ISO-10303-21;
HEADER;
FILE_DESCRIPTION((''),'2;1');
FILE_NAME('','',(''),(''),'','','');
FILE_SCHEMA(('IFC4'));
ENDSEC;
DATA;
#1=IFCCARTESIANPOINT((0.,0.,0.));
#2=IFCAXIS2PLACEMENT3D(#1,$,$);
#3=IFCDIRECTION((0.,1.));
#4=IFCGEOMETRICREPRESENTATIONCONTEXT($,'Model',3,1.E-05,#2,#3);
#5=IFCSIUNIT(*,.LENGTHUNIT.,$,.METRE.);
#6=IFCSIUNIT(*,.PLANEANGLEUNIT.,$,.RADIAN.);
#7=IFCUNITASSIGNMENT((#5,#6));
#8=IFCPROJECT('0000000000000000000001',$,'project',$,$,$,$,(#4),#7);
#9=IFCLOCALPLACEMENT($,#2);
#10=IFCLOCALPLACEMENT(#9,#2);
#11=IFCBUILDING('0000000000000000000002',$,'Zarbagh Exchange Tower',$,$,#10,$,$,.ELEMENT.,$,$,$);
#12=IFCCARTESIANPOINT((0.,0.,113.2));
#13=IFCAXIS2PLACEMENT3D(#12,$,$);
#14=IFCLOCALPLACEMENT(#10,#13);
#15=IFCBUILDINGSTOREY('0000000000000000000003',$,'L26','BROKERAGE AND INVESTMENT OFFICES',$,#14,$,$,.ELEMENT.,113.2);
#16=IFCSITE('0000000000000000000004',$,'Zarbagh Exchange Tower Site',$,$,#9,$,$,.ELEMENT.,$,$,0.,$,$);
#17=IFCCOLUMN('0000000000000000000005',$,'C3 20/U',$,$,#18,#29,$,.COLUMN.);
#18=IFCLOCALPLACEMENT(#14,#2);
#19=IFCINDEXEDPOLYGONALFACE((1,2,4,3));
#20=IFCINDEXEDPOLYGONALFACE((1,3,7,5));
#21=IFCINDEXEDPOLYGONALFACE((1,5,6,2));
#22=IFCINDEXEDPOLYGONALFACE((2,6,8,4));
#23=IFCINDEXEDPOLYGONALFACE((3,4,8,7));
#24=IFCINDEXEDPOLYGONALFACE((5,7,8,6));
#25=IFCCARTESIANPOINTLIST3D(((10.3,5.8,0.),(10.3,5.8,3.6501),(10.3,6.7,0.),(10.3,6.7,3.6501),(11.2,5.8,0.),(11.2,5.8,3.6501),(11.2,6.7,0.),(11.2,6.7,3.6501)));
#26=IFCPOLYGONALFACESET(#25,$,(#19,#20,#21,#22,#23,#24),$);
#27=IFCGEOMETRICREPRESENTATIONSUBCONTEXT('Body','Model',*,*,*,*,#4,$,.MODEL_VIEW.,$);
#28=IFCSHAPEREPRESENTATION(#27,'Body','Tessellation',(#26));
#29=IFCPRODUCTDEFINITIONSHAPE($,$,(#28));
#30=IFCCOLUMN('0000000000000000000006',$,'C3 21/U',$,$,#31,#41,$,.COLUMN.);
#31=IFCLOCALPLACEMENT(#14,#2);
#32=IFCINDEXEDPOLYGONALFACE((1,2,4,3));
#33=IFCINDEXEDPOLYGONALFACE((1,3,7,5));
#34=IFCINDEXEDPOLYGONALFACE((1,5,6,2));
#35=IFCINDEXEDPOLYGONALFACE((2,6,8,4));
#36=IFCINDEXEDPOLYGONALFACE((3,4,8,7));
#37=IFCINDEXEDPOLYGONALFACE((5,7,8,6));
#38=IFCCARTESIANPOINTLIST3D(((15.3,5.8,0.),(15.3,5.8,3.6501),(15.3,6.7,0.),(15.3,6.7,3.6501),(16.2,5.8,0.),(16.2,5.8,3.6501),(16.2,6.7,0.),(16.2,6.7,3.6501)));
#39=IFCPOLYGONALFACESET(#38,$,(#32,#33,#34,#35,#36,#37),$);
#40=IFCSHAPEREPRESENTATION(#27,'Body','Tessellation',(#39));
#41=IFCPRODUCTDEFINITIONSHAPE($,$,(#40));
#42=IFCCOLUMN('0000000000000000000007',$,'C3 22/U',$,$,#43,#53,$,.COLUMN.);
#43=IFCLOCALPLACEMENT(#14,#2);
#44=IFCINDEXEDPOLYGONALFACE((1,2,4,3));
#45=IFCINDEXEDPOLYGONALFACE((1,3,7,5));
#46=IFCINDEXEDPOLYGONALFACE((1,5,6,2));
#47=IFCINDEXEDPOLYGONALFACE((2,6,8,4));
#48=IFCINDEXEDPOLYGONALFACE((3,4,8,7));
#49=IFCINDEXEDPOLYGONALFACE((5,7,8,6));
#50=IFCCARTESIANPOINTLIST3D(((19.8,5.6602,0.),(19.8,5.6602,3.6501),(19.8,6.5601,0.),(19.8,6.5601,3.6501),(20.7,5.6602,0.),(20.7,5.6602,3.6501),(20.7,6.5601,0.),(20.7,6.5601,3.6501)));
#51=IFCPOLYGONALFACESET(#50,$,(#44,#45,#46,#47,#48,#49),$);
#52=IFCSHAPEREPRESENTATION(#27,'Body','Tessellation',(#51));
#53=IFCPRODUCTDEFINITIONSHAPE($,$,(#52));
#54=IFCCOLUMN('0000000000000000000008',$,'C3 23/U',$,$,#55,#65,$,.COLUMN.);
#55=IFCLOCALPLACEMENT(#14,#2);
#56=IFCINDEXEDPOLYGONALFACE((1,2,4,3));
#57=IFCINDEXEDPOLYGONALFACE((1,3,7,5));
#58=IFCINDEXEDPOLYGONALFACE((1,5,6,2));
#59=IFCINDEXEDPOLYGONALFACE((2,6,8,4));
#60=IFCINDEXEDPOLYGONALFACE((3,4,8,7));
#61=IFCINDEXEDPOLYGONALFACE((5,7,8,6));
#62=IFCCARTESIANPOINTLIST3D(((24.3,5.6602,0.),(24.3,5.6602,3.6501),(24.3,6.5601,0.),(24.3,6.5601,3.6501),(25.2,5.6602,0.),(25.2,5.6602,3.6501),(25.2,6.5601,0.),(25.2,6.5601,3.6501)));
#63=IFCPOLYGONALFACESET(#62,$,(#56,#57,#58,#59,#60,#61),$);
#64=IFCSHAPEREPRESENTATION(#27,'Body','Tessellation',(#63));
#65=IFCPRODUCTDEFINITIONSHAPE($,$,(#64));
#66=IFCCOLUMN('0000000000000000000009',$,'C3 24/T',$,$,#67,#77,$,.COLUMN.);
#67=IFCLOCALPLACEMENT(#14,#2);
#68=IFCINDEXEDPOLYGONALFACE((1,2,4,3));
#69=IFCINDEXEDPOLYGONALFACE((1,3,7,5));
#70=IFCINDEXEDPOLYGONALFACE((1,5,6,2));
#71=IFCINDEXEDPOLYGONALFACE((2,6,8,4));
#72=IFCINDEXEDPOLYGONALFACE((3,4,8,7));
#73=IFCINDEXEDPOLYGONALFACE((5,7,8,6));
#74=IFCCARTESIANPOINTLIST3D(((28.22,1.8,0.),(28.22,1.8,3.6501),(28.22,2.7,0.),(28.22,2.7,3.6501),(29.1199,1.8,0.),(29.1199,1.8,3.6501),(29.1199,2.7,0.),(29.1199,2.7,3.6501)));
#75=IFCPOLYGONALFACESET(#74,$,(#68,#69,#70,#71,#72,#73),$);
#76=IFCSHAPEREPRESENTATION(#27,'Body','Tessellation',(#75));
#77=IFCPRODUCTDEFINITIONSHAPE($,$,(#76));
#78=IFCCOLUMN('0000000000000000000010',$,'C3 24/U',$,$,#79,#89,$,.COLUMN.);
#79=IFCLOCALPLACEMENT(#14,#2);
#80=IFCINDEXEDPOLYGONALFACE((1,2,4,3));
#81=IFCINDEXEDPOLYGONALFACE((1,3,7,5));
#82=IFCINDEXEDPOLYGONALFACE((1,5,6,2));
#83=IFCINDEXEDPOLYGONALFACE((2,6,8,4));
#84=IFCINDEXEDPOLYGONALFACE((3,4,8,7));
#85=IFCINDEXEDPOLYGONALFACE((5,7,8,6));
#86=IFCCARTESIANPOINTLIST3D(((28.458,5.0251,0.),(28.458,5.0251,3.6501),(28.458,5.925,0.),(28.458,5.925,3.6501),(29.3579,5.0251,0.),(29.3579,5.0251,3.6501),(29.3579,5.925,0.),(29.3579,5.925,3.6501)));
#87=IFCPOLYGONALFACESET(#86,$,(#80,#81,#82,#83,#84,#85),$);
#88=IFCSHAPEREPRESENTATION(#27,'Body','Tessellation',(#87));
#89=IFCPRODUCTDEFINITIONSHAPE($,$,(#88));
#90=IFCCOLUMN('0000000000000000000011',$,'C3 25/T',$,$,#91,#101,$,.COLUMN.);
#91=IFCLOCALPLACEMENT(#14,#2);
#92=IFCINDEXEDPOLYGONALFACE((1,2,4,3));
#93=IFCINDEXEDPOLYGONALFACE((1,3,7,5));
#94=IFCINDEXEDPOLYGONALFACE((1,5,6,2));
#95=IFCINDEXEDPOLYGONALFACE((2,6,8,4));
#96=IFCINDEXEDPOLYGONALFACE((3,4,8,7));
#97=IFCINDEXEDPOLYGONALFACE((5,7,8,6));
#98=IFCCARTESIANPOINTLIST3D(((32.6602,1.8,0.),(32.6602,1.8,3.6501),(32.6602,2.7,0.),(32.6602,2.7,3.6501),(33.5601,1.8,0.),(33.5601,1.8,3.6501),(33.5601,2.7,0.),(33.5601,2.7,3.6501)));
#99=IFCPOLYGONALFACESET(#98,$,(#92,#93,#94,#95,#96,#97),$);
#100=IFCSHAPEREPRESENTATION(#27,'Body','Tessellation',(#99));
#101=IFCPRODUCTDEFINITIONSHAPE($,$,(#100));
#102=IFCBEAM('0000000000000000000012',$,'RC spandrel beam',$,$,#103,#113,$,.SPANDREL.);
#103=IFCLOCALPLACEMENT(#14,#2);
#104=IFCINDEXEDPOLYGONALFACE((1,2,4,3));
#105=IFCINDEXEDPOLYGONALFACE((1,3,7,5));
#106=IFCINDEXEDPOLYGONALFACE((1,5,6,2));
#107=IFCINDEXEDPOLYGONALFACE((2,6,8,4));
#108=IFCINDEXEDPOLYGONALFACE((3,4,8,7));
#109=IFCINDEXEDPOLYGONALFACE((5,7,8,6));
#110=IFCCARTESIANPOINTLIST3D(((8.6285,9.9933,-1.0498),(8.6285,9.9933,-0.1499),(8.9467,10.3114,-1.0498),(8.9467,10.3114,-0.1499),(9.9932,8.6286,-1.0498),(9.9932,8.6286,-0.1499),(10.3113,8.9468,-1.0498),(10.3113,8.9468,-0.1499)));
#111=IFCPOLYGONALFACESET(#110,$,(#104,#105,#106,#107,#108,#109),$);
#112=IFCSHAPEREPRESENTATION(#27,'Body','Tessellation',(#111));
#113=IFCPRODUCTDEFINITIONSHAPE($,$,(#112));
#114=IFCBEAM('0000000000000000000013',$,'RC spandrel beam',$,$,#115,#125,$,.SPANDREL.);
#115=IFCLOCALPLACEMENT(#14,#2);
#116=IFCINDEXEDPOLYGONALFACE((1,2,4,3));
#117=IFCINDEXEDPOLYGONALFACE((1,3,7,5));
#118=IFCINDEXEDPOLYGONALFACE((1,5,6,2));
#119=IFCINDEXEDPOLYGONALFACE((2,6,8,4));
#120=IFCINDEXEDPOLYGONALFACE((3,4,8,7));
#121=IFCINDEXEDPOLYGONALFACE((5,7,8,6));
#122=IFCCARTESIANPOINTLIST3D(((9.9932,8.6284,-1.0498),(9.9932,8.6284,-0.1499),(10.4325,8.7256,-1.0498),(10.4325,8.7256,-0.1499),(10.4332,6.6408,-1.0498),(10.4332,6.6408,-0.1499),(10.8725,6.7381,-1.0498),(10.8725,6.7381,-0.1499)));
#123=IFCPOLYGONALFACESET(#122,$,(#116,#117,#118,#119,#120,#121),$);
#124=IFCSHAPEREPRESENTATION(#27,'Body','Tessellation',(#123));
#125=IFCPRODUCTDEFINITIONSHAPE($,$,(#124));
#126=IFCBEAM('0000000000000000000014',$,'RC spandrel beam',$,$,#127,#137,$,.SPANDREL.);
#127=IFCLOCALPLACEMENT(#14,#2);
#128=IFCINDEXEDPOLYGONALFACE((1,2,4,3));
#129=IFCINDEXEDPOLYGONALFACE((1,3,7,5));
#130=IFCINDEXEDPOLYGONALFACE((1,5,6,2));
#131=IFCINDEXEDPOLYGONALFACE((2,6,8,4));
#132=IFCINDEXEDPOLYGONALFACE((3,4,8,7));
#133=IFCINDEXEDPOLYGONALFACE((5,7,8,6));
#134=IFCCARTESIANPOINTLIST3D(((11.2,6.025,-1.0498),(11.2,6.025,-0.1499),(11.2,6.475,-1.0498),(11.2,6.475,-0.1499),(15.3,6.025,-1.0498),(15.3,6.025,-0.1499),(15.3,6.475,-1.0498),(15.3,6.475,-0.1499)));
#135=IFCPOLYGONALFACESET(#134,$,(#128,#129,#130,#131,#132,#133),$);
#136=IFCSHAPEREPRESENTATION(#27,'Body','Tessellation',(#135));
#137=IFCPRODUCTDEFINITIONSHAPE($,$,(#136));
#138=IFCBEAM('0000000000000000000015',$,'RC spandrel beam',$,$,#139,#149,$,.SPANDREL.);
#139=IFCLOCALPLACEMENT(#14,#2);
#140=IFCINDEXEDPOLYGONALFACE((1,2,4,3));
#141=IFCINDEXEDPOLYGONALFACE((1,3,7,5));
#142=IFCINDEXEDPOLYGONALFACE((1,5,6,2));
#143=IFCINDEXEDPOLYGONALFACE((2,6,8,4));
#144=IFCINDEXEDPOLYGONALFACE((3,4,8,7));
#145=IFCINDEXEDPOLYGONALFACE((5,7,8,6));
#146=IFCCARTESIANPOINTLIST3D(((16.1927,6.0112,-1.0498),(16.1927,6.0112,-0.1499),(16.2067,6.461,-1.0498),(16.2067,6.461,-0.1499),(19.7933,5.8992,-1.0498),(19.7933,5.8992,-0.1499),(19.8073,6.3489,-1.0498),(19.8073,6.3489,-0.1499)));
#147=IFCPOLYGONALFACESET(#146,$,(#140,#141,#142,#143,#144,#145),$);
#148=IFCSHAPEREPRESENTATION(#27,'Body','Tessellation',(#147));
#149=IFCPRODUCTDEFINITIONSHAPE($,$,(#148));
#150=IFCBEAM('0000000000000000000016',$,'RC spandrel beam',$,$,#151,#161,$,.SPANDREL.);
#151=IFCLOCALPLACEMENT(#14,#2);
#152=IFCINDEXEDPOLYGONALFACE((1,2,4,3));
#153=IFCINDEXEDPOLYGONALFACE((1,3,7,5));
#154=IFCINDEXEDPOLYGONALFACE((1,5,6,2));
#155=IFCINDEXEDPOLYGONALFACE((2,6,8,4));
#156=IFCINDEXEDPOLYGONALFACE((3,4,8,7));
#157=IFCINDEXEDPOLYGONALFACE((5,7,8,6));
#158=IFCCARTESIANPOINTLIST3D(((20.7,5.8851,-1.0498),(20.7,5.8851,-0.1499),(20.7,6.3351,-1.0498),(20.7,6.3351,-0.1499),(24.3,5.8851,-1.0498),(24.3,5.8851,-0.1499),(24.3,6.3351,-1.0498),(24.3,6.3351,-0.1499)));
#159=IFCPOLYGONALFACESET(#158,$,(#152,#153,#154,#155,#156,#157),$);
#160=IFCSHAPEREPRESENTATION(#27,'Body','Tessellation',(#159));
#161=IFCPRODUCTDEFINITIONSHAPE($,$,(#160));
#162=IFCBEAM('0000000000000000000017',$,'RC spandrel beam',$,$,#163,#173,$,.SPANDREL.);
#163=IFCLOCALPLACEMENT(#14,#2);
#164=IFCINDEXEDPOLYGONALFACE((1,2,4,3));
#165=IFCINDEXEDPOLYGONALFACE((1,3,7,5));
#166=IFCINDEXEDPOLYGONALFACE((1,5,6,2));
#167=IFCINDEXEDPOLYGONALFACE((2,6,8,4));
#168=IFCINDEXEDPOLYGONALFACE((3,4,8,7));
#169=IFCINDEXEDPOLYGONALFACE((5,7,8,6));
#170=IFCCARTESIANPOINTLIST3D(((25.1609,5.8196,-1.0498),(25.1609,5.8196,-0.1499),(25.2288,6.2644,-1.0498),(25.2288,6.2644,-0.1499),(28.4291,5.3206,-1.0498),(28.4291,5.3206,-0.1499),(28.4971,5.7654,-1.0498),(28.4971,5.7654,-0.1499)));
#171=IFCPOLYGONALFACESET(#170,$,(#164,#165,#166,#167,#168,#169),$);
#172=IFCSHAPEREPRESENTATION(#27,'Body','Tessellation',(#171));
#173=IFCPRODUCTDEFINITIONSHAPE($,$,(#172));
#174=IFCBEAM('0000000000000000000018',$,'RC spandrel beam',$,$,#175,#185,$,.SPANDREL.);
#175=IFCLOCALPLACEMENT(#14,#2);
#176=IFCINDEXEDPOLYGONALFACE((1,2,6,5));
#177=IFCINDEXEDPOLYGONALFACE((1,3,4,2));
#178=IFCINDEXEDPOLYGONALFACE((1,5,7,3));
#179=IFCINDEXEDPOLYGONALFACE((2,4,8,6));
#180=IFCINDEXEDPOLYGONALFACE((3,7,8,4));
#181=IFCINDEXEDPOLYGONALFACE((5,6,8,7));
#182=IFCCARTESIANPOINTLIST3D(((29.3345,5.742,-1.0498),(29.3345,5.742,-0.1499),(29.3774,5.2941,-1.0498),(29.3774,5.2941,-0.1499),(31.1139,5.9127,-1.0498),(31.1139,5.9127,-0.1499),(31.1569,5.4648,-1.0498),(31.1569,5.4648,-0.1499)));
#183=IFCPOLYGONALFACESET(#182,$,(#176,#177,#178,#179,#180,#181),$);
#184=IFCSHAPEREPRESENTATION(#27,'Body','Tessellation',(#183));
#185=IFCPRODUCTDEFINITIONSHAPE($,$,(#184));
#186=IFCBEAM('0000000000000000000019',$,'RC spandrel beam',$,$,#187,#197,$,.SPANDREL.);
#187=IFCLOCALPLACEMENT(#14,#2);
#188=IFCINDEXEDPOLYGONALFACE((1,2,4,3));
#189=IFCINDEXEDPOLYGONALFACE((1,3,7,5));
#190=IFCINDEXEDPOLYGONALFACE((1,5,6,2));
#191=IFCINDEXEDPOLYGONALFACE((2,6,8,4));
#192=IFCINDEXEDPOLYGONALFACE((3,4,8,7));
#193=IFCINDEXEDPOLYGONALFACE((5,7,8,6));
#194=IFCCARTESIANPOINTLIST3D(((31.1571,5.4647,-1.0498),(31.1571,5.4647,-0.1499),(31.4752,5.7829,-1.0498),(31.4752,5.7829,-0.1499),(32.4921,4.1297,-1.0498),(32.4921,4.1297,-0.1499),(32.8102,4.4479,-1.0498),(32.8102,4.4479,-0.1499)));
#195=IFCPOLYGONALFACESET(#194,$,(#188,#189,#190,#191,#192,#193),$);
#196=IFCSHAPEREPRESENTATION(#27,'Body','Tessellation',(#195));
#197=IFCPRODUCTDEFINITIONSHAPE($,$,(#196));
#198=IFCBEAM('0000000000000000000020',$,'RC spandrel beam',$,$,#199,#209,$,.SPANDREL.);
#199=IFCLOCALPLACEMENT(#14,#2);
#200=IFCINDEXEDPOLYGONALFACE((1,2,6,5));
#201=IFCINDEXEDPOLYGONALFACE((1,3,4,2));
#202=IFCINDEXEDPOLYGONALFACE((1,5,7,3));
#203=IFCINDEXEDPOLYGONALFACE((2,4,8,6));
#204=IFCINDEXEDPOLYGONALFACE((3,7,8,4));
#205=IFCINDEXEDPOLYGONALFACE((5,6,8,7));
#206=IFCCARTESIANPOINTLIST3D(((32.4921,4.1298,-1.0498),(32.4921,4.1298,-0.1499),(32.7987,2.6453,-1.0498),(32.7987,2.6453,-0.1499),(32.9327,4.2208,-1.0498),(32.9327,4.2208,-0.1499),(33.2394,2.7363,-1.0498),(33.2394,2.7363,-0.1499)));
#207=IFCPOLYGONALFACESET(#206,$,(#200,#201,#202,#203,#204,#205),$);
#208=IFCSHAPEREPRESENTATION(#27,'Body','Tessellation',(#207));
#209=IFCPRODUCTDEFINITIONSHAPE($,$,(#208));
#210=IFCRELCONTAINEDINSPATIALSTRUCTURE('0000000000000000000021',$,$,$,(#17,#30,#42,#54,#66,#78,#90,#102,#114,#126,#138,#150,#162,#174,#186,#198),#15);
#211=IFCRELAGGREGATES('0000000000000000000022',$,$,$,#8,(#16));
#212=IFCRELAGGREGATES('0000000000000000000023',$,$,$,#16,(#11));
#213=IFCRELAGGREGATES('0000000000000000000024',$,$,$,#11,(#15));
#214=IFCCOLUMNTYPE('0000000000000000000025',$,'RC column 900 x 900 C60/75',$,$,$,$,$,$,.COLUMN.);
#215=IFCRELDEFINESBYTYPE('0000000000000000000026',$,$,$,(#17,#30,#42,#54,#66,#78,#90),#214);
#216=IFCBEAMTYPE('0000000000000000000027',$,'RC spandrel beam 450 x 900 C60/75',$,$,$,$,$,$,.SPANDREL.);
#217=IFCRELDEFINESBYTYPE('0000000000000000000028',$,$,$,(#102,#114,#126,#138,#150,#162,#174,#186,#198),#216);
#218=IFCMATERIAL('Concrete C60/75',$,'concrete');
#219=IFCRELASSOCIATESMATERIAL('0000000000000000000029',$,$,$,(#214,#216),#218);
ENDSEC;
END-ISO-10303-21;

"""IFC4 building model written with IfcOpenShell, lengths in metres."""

from ifc_helpers import new_model, si_unit, direction, frame, origin, origin_2d, place, context, subcontext, project, spatial, rectangle, extrude, material, material_profile, profile_set, type_object, element, save


model = new_model("IFC4")

# Units and contexts
model_context = context("Model", 3, precision=1e-05, world=origin(), true_north=direction((0.0, 1.0)))
body_context = subcontext(model_context, "Body", "Model", "MODEL_VIEW")
ifc_project = project(units=[si_unit("LENGTHUNIT", "METRE"), si_unit("PLANEANGLEUNIT", "RADIAN")], contexts=[model_context])

# Site, building, storey
site_placement = place(None, origin())
site = spatial("IfcSite", under=ifc_project, at=site_placement, Name="Zarbagh Exchange Tower Site", CompositionType="ELEMENT", RefElevation=0.0)
building_placement = place(site_placement, origin())
building = spatial("IfcBuilding", under=site, at=building_placement, Name="Zarbagh Exchange Tower", CompositionType="ELEMENT")
storey_placement = place(building_placement, frame((0.0, 0.0, 113.2)))
storey = spatial("IfcBuildingStorey", under=building, at=storey_placement, Name="L26", Description="BROKERAGE AND INVESTMENT OFFICES", CompositionType="ELEMENT", Elevation=113.2)

# Columns
ifc_material_1 = material(Name="Concrete C60/75", Category="concrete")
ifc_material_profile_1 = material_profile(ifc_material_1, rectangle(XDim=0.8999, YDim=0.8999, at=origin_2d()), Name="RC column 900 x 900 C60/75")
ifc_profile_set_1 = profile_set([ifc_material_profile_1], Name="Concrete C60/75")
column_type = type_object("IfcColumnType", Name="RC column 900 x 900 C60/75", PredefinedType="COLUMN", material=ifc_profile_set_1)
for number, where, z_axis, x_axis, name in (
    (1, (10.75, 6.25, 0.0), (0.0, 0.0, 1.0), (1.0, 0.0, 0.0), "C3 20/U"),
    (2, (15.75, 6.25, 0.0), (0.0, 0.0, 1.0), (1.0, 0.0, 0.0), "C3 21/U"),
    (3, (20.25, 6.1101, 0.0), (0.0, 0.0, 1.0), (1.0, 0.0, 0.0), "C3 22/U"),
    (4, (24.75, 6.1101, 0.0), (0.0, 0.0, 1.0), (1.0, 0.0, 0.0), "C3 23/U"),
    (5, (28.6699, 2.25, 0.0), (0.0, 0.0, 1.0), (1.0, 0.0, 0.0), "C3 24/T"),
    (6, (28.908, 5.4751, 0.0), (0.0, 0.0, 1.0), (1.0, 0.0, 0.0), "C3 24/U"),
    (7, (33.1101, 2.25, 0.0), (0.0, 0.0, 1.0), (1.0, 0.0, 0.0), "C3 25/T"),
):
    element("IfcColumn", number, at=place(storey_placement, frame(where, z_axis=z_axis, x_axis=x_axis)), inside=storey, type_object=column_type, Name=name, PredefinedType="COLUMN", context=body_context, shape_type="SweptSolid", body=[
        extrude(rectangle(XDim=0.8999, YDim=0.8999, at=origin_2d()), origin(), (0.0, 0.0, 1.0), 3.6501),
    ])

# Beams
ifc_material_profile_2 = material_profile(ifc_material_1, rectangle(XDim=0.45, YDim=0.8999, at=origin_2d()), Name="RC spandrel beam 450 x 900 C60/75")
ifc_profile_set_2 = profile_set([ifc_material_profile_2], Name="Concrete C60/75")
beam_type = type_object("IfcBeamType", Name="RC spandrel beam 450 x 900 C60/75", PredefinedType="SPANDREL", material=ifc_profile_set_2)
beam_1_placement = place(storey_placement, frame((8.7876, 10.1523, -0.5999), z_axis=(0.707107, -0.707107, 0.0), x_axis=(0.707107, 0.707107, 0.0)))
element("IfcBeam", 8, at=beam_1_placement, inside=storey, type_object=beam_type, Name="RC spandrel beam", PredefinedType="SPANDREL", context=body_context, shape_type="SweptSolid", body=[
    extrude(rectangle(XDim=0.45, YDim=0.8999, at=origin_2d()), origin(), (0.0, 0.0, 1.0), 1.9299),
])
beam_2_placement = place(storey_placement, frame((10.2129, 8.677, -0.5999), z_axis=(0.216118, -0.976367, 0.0), x_axis=(0.976367, 0.216118, 0.0)))
element("IfcBeam", 9, at=beam_2_placement, inside=storey, type_object=beam_type, Name="RC spandrel beam", PredefinedType="SPANDREL", context=body_context, shape_type="SweptSolid", body=[
    extrude(rectangle(XDim=0.45, YDim=0.8999, at=origin_2d()), origin(), (0.0, 0.0, 1.0), 2.0356),
])
beam_3_placement = place(storey_placement, frame((11.2, 6.25, -0.5999), z_axis=(1.0, 0.0, 0.0), x_axis=(0.0, 1.0, 0.0)))
element("IfcBeam", 10, at=beam_3_placement, inside=storey, type_object=beam_type, Name="RC spandrel beam", PredefinedType="SPANDREL", context=body_context, shape_type="SweptSolid", body=[
    extrude(rectangle(XDim=0.45, YDim=0.8999, at=origin_2d()), origin(), (0.0, 0.0, 1.0), 4.1001),
])
beam_4_placement = place(storey_placement, frame((16.1997, 6.2361, -0.5999), z_axis=(0.999516, -0.031108, 0.0), x_axis=(0.031108, 0.999516, 0.0)))
element("IfcBeam", 11, at=beam_4_placement, inside=storey, type_object=beam_type, Name="RC spandrel beam", PredefinedType="SPANDREL", context=body_context, shape_type="SweptSolid", body=[
    extrude(rectangle(XDim=0.45, YDim=0.8999, at=origin_2d()), origin(), (0.0, 0.0, 1.0), 3.6023),
])
beam_5_placement = place(storey_placement, frame((20.7, 6.1101, -0.5999), z_axis=(1.0, 0.0, 0.0), x_axis=(0.0, 1.0, 0.0)))
element("IfcBeam", 12, at=beam_5_placement, inside=storey, type_object=beam_type, Name="RC spandrel beam", PredefinedType="SPANDREL", context=body_context, shape_type="SweptSolid", body=[
    extrude(rectangle(XDim=0.45, YDim=0.8999, at=origin_2d()), origin(), (0.0, 0.0, 1.0), 3.6001),
])
beam_6_placement = place(storey_placement, frame((25.1948, 6.042, -0.5999), z_axis=(0.988544, -0.150936, 0.0), x_axis=(0.150936, 0.988544, 0.0)))
element("IfcBeam", 13, at=beam_6_placement, inside=storey, type_object=beam_type, Name="RC spandrel beam", PredefinedType="SPANDREL", context=body_context, shape_type="SweptSolid", body=[
    extrude(rectangle(XDim=0.45, YDim=0.8999, at=origin_2d()), origin(), (0.0, 0.0, 1.0), 3.3062),
])
beam_7_placement = place(storey_placement, frame((29.356, 5.5181, -0.5999), z_axis=(0.995433, 0.09546, 0.0), x_axis=(-0.09546, 0.995433, 0.0)))
element("IfcBeam", 14, at=beam_7_placement, inside=storey, type_object=beam_type, Name="RC spandrel beam", PredefinedType="SPANDREL", context=body_context, shape_type="SweptSolid", body=[
    extrude(rectangle(XDim=0.45, YDim=0.8999, at=origin_2d()), origin(), (0.0, 0.0, 1.0), 1.7876),
])
beam_8_placement = place(storey_placement, frame((31.3162, 5.6238, -0.5999), z_axis=(0.707107, -0.707107, 0.0), x_axis=(0.707107, 0.707107, 0.0)))
element("IfcBeam", 15, at=beam_8_placement, inside=storey, type_object=beam_type, Name="RC spandrel beam", PredefinedType="SPANDREL", context=body_context, shape_type="SweptSolid", body=[
    extrude(rectangle(XDim=0.45, YDim=0.8999, at=origin_2d()), origin(), (0.0, 0.0, 1.0), 1.8879),
])
beam_9_placement = place(storey_placement, frame((32.7124, 4.1753, -0.5999), z_axis=(0.202275, -0.979329, 0.0), x_axis=(0.979329, 0.202275, 0.0)))
element("IfcBeam", 16, at=beam_9_placement, inside=storey, type_object=beam_type, Name="RC spandrel beam", PredefinedType="SPANDREL", context=body_context, shape_type="SweptSolid", body=[
    extrude(rectangle(XDim=0.45, YDim=0.8999, at=origin_2d()), origin(), (0.0, 0.0, 1.0), 1.5159),
])

save(model, "model.ifc")
